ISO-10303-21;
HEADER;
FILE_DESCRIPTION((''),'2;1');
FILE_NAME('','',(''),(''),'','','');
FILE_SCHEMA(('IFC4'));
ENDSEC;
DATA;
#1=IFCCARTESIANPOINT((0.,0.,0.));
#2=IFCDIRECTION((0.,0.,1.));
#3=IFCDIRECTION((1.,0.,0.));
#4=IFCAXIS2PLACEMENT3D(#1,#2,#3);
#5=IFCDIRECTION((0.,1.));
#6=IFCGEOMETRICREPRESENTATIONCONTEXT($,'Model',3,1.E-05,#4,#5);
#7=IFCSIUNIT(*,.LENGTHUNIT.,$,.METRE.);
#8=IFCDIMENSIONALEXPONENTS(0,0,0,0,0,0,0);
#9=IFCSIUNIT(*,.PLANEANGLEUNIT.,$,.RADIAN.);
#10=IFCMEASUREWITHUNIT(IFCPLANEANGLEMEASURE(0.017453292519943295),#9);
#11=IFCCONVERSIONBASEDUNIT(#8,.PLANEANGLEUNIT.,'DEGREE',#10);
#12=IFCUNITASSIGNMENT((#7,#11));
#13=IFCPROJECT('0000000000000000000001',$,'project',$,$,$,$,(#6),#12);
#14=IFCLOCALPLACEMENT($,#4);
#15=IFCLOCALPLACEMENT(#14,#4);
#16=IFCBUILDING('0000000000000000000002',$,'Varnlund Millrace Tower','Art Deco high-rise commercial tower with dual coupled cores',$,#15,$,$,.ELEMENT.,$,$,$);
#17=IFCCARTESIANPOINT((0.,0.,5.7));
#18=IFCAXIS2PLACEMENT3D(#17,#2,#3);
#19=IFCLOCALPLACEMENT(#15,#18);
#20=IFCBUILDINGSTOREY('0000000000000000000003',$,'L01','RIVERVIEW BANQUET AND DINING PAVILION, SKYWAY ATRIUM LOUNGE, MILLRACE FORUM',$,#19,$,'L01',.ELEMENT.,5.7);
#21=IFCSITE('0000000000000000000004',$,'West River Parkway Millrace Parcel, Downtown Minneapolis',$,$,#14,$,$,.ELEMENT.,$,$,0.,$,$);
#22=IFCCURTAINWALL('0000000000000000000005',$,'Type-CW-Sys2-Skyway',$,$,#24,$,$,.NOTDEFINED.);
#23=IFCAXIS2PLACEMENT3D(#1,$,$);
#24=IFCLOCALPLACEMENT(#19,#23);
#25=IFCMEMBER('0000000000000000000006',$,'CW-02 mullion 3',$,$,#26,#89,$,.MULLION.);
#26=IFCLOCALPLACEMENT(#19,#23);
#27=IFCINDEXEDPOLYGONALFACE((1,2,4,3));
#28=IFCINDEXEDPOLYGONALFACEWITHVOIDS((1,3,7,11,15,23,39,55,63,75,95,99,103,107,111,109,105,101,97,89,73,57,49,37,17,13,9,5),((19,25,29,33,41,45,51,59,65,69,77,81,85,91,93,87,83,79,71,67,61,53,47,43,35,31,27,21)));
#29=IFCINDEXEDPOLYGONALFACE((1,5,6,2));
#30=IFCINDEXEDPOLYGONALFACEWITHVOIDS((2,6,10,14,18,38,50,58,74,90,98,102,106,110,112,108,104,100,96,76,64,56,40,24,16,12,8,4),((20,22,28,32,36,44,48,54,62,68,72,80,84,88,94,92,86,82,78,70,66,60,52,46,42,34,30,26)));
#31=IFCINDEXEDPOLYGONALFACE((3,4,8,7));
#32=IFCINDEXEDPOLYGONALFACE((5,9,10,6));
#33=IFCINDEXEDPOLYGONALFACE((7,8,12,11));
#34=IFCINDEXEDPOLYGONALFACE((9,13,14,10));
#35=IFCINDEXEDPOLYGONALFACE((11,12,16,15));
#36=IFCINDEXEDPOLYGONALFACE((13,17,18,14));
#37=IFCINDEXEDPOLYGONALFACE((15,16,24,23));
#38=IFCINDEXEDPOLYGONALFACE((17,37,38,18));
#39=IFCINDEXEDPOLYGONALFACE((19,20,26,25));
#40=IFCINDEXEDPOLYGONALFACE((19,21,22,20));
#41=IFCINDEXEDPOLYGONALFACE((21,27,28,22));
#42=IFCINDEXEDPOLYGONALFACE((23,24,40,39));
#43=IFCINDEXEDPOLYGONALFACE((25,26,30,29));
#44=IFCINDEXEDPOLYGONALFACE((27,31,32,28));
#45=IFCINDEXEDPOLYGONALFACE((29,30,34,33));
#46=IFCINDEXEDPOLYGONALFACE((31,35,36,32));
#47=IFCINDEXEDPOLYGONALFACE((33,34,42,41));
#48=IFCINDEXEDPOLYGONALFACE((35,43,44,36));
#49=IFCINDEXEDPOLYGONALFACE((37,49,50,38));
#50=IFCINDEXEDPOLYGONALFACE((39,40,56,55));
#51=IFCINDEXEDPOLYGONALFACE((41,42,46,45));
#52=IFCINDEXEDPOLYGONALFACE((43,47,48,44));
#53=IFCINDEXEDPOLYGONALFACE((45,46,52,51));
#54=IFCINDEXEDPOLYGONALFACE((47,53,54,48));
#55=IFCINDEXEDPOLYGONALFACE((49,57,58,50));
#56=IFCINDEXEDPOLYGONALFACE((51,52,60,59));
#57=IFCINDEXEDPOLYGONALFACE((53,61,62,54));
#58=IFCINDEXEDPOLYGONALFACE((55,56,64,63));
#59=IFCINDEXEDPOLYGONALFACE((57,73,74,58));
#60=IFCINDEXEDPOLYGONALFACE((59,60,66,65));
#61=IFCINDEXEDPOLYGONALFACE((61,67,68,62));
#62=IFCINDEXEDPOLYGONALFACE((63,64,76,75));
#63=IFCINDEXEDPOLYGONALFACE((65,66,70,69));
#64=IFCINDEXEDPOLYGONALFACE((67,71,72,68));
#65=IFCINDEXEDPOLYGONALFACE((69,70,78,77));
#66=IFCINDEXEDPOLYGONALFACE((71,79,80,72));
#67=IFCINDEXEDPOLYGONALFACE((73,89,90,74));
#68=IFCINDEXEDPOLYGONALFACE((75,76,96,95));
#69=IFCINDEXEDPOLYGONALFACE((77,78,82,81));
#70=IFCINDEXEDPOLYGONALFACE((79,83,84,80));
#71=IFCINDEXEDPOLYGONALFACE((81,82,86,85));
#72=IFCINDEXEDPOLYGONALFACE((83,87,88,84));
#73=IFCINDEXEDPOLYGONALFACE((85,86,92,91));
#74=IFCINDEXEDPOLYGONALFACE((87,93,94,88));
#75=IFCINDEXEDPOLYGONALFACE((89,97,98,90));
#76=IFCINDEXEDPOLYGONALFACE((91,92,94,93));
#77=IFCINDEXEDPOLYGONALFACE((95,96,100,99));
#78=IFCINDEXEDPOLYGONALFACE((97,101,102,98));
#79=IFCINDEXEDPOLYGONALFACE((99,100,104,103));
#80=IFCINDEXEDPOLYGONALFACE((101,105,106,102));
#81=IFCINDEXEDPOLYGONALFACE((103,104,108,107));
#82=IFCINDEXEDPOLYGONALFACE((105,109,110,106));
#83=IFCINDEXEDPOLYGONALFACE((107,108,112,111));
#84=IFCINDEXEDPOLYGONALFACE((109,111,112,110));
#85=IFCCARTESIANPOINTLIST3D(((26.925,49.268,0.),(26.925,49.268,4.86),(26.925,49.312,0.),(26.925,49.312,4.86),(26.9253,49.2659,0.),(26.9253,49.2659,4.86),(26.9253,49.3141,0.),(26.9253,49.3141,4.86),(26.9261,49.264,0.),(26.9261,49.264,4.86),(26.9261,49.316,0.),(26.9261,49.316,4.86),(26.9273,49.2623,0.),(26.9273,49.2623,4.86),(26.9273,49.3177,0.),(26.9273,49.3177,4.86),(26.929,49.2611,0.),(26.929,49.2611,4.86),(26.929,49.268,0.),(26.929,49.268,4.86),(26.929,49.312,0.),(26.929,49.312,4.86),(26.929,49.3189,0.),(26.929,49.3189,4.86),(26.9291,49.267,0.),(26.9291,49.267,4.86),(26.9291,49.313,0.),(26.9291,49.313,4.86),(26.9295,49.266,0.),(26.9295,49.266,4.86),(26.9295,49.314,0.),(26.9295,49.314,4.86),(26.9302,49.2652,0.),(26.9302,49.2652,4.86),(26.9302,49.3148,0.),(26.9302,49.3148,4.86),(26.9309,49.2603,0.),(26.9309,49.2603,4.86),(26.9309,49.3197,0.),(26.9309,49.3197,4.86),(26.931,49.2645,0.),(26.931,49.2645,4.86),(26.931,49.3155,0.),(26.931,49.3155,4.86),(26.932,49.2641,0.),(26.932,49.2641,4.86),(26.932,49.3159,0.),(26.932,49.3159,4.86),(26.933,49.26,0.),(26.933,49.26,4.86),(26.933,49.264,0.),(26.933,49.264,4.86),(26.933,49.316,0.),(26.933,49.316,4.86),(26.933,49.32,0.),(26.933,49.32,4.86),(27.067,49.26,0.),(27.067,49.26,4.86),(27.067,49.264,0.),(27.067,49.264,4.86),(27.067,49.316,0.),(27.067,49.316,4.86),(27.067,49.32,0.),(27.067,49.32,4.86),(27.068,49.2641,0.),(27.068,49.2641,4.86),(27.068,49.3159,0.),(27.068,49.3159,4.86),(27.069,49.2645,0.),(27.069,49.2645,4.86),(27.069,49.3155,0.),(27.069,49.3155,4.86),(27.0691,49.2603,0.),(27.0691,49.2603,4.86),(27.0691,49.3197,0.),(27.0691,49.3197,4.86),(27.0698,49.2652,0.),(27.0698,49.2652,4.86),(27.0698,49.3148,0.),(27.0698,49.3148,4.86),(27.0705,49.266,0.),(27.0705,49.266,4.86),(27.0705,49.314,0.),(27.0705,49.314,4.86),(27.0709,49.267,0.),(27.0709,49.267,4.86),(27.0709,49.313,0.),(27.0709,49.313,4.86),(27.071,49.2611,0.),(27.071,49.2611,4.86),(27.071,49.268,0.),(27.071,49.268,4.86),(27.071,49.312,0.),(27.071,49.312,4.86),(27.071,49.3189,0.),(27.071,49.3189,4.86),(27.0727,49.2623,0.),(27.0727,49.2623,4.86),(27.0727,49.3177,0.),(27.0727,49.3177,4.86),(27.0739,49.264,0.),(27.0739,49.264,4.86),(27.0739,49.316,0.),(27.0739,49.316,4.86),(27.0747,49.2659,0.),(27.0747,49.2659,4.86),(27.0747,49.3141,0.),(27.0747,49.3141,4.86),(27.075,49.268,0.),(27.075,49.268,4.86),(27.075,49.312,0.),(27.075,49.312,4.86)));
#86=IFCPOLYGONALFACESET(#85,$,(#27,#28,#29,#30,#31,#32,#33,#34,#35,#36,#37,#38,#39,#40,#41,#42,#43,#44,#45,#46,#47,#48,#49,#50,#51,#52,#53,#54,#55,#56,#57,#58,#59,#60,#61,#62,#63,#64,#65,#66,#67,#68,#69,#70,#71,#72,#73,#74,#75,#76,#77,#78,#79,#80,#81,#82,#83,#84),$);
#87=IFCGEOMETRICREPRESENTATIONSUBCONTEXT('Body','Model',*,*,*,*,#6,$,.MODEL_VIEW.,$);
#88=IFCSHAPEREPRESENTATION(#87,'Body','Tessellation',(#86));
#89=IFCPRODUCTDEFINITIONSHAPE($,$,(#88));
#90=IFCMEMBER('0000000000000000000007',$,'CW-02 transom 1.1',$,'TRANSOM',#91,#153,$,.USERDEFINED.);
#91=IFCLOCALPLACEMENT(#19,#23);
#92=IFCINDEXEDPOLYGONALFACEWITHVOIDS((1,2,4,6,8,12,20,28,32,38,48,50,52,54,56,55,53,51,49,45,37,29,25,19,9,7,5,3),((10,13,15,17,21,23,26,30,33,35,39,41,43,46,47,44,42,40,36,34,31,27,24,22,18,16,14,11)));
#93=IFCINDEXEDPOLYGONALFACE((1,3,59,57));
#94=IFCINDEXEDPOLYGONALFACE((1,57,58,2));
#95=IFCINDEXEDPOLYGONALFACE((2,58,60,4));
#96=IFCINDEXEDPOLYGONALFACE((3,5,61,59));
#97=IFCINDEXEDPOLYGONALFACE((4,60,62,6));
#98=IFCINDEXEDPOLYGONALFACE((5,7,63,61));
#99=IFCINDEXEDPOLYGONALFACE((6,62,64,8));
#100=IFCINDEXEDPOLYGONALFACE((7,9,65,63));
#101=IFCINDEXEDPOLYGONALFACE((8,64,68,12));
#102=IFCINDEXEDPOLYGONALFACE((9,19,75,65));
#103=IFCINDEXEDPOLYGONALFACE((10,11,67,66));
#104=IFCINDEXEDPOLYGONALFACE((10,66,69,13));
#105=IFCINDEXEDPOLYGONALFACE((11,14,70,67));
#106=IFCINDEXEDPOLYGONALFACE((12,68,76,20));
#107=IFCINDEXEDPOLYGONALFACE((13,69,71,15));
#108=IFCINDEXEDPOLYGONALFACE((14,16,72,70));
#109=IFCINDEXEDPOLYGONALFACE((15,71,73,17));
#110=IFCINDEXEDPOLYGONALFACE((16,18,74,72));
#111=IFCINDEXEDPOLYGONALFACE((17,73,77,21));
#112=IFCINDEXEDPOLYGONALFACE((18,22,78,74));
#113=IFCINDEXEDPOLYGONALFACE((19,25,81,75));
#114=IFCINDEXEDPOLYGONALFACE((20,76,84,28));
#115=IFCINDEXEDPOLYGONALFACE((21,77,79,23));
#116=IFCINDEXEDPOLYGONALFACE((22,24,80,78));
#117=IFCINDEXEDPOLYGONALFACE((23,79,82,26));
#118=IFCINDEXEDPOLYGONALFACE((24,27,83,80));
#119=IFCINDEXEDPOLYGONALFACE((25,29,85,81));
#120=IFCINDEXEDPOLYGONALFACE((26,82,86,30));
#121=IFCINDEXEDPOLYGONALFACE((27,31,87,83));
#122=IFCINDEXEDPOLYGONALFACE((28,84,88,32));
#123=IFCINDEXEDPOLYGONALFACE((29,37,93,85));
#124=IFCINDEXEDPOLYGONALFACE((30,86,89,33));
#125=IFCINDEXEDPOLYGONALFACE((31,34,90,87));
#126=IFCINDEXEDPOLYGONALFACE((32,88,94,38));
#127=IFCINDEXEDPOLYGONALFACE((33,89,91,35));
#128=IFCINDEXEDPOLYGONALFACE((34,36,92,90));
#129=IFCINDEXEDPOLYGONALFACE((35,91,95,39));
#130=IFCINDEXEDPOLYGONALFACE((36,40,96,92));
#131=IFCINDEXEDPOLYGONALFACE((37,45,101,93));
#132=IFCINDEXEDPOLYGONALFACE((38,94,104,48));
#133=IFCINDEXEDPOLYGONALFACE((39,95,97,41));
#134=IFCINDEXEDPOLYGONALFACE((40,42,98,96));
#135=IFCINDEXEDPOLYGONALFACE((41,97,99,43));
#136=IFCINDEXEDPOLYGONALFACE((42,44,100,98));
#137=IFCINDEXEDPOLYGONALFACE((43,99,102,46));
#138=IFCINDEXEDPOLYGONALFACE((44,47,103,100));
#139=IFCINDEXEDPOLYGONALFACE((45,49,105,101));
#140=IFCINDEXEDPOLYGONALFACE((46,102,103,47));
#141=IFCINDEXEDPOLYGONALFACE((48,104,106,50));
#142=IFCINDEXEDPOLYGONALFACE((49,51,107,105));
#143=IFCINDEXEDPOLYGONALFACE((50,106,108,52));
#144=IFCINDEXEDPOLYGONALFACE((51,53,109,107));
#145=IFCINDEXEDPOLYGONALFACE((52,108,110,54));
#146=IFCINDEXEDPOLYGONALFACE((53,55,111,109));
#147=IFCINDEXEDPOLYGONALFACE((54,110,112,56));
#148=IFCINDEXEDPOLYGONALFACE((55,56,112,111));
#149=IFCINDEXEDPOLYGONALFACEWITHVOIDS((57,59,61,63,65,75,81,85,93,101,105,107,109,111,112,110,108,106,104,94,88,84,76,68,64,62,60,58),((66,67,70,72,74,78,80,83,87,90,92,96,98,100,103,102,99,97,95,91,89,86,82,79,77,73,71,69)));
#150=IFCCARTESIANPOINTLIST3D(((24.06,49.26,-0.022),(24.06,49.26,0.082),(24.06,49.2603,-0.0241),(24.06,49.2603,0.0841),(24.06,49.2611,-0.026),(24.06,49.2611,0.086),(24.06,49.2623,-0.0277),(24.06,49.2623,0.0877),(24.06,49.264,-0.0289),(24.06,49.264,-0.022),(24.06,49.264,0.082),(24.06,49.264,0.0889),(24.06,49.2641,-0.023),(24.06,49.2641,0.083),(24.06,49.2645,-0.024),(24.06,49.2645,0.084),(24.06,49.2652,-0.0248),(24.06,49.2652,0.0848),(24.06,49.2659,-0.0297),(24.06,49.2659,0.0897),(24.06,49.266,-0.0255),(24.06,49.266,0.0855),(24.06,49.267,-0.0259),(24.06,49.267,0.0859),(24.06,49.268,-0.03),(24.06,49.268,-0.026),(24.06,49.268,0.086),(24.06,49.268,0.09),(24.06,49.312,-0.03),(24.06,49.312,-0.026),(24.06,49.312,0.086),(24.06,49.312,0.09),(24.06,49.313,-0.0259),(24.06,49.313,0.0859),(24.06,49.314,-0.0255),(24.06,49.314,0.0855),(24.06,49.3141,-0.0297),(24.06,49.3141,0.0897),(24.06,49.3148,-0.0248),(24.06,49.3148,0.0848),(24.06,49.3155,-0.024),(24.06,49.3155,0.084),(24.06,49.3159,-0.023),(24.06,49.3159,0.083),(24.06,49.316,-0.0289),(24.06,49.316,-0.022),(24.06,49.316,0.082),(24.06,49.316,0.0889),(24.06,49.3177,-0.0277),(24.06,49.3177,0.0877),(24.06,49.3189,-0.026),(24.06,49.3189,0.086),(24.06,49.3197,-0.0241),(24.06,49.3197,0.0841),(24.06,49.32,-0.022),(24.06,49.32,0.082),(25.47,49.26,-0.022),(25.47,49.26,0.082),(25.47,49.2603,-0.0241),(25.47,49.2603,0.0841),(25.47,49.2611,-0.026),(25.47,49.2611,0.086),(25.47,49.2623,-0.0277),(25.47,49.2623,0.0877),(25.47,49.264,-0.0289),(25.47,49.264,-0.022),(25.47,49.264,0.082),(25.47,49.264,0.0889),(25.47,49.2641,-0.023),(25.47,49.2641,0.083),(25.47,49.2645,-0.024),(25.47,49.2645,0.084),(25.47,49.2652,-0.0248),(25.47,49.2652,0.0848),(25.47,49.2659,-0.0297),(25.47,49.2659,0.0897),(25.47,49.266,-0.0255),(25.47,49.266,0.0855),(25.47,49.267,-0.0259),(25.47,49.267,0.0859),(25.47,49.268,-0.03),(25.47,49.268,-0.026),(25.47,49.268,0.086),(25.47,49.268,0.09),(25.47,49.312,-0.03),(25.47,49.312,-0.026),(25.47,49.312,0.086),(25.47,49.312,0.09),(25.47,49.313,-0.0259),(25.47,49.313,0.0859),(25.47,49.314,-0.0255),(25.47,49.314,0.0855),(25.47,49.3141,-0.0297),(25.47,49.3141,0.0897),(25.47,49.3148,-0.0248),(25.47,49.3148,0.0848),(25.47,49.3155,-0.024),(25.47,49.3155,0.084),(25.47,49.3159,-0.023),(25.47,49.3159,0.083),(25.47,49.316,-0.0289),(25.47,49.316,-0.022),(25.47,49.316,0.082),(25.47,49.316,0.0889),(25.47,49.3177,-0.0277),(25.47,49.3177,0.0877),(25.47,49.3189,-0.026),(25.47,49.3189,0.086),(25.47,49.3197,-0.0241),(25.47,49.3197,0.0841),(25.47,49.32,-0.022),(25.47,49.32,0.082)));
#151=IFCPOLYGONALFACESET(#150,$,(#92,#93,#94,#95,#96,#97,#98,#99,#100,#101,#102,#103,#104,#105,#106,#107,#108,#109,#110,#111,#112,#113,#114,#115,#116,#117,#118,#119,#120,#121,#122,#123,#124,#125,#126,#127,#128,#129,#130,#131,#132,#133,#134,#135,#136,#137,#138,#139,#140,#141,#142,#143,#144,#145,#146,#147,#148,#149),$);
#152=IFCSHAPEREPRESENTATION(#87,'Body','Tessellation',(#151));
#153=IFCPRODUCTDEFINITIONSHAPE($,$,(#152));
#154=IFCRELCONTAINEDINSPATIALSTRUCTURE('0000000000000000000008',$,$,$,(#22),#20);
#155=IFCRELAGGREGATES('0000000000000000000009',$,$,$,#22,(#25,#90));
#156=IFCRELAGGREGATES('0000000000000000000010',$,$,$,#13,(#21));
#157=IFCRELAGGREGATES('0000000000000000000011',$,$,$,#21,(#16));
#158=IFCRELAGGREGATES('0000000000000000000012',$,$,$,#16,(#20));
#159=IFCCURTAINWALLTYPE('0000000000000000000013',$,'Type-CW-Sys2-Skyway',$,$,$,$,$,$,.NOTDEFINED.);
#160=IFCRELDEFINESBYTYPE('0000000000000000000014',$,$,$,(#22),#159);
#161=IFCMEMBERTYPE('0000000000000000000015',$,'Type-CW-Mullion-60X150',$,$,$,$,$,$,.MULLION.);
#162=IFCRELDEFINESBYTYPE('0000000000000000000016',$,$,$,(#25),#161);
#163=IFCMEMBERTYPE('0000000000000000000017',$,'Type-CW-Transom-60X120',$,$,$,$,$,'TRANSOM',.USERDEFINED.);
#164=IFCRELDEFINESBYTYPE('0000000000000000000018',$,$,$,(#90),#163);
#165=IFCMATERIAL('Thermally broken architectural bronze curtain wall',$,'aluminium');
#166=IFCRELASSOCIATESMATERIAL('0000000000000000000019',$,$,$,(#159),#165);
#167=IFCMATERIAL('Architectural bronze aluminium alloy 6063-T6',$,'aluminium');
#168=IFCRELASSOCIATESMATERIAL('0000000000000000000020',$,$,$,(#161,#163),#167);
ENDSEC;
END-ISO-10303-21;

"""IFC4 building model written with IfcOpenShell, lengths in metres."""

from ifc_helpers import new_model, entity, si_unit, converted_unit, direction, frame, origin_with_axes, origin_2d_with_axis, place, context, subcontext, project, spatial, hollow_rectangle, extrude, material, material_profile, profile_set, type_object, element, aggregate, save


model = new_model("IFC4")

# Units and contexts
model_context = context("Model", 3, precision=1e-05, world=origin_with_axes(), true_north=direction((0.0, 1.0)))
body_context = subcontext(model_context, "Body", "Model", "MODEL_VIEW")
ifc_project = project(units=[si_unit("LENGTHUNIT", "METRE"), converted_unit("PLANEANGLEUNIT", "DEGREE", entity("IfcPlaneAngleMeasure", 0.017453292519943295), si_unit("PLANEANGLEUNIT", "RADIAN"), dimensions=[0, 0, 0, 0, 0, 0, 0])], contexts=[model_context])

# Site, building, storey
site_placement = place(None, origin_with_axes())
site = spatial("IfcSite", under=ifc_project, at=site_placement, Name="West River Parkway Millrace Parcel, Downtown Minneapolis", CompositionType="ELEMENT", RefElevation=0.0)
building_placement = place(site_placement, origin_with_axes())
building = spatial("IfcBuilding", under=site, at=building_placement, Name="Varnlund Millrace Tower", Description="Art Deco high-rise commercial tower with dual coupled cores", CompositionType="ELEMENT")
storey_placement = place(building_placement, frame((0.0, 0.0, 5.7), z_axis=(0.0, 0.0, 1.0), x_axis=(1.0, 0.0, 0.0)))
storey = spatial("IfcBuildingStorey", under=building, at=storey_placement, Name="L01", Description="RIVERVIEW BANQUET AND DINING PAVILION, SKYWAY ATRIUM LOUNGE, MILLRACE FORUM", LongName="L01", CompositionType="ELEMENT", Elevation=5.7)

# Curtain wall, members
ifc_material_1 = material(Name="Thermally broken architectural bronze curtain wall", Category="aluminium")
curtain_wall_type = type_object("IfcCurtainWallType", Name="Type-CW-Sys2-Skyway", PredefinedType="NOTDEFINED", material=ifc_material_1)
curtain_wall_placement = place(storey_placement, frame((24.0, 49.29, 0.0), z_axis=(0.0, 0.0, 1.0), x_axis=(1.0, 0.0, 0.0)))
curtain_wall = element("IfcCurtainWall", 1, at=curtain_wall_placement, inside=storey, type_object=curtain_wall_type, Name="Type-CW-Sys2-Skyway", PredefinedType="NOTDEFINED")
ifc_material_2 = material(Name="Architectural bronze aluminium alloy 6063-T6", Category="aluminium")
ifc_material_profile_1 = material_profile(ifc_material_2, hollow_rectangle(XDim=0.06, YDim=0.15, WallThickness=0.004, InnerFilletRadius=0.004, OuterFilletRadius=0.008, at=origin_2d_with_axis()), Name="Architectural bronze aluminium alloy 6063-T6")
ifc_profile_set_1 = profile_set([ifc_material_profile_1], Name="Architectural bronze aluminium alloy 6063-T6")
member_type_1 = type_object("IfcMemberType", Name="Type-CW-Mullion-60X150", PredefinedType="MULLION", material=ifc_profile_set_1)
member_1_placement = place(storey_placement, frame((27.0, 49.29, 0.0), z_axis=(0.0, 0.0, 1.0), x_axis=(0.0, 1.0, 0.0)))
member_1 = element("IfcMember", 2, at=member_1_placement, type_object=member_type_1, Name="CW-02 mullion 3", PredefinedType="MULLION", context=body_context, shape_type="SweptSolid", body=[
    extrude(hollow_rectangle(XDim=0.06, YDim=0.15, WallThickness=0.004, InnerFilletRadius=0.004, OuterFilletRadius=0.008, at=origin_2d_with_axis()), origin_with_axes(), (0.0, 0.0, 1.0), 4.86),
])
ifc_material_profile_2 = material_profile(ifc_material_2, hollow_rectangle(XDim=0.06, YDim=0.12, WallThickness=0.004, InnerFilletRadius=0.004, OuterFilletRadius=0.008, at=origin_2d_with_axis()), Name="Architectural bronze aluminium alloy 6063-T6")
ifc_profile_set_2 = profile_set([ifc_material_profile_2], Name="Architectural bronze aluminium alloy 6063-T6")
member_type_2 = type_object("IfcMemberType", Name="Type-CW-Transom-60X120", ElementType="TRANSOM", PredefinedType="USERDEFINED", material=ifc_profile_set_2)
member_2_placement = place(storey_placement, frame((24.06, 49.29, 0.03), z_axis=(1.0, 0.0, 0.0), x_axis=(0.0, 1.0, 0.0)))
member_2 = element("IfcMember", 3, at=member_2_placement, type_object=member_type_2, Name="CW-02 transom 1.1", ObjectType="TRANSOM", PredefinedType="USERDEFINED", context=body_context, shape_type="SweptSolid", body=[
    extrude(hollow_rectangle(XDim=0.06, YDim=0.12, WallThickness=0.004, InnerFilletRadius=0.004, OuterFilletRadius=0.008, at=origin_2d_with_axis()), origin_with_axes(), (0.0, 0.0, 1.0), 1.41),
])

aggregate(curtain_wall, [member_1, member_2])

save(model, "model.ifc")
